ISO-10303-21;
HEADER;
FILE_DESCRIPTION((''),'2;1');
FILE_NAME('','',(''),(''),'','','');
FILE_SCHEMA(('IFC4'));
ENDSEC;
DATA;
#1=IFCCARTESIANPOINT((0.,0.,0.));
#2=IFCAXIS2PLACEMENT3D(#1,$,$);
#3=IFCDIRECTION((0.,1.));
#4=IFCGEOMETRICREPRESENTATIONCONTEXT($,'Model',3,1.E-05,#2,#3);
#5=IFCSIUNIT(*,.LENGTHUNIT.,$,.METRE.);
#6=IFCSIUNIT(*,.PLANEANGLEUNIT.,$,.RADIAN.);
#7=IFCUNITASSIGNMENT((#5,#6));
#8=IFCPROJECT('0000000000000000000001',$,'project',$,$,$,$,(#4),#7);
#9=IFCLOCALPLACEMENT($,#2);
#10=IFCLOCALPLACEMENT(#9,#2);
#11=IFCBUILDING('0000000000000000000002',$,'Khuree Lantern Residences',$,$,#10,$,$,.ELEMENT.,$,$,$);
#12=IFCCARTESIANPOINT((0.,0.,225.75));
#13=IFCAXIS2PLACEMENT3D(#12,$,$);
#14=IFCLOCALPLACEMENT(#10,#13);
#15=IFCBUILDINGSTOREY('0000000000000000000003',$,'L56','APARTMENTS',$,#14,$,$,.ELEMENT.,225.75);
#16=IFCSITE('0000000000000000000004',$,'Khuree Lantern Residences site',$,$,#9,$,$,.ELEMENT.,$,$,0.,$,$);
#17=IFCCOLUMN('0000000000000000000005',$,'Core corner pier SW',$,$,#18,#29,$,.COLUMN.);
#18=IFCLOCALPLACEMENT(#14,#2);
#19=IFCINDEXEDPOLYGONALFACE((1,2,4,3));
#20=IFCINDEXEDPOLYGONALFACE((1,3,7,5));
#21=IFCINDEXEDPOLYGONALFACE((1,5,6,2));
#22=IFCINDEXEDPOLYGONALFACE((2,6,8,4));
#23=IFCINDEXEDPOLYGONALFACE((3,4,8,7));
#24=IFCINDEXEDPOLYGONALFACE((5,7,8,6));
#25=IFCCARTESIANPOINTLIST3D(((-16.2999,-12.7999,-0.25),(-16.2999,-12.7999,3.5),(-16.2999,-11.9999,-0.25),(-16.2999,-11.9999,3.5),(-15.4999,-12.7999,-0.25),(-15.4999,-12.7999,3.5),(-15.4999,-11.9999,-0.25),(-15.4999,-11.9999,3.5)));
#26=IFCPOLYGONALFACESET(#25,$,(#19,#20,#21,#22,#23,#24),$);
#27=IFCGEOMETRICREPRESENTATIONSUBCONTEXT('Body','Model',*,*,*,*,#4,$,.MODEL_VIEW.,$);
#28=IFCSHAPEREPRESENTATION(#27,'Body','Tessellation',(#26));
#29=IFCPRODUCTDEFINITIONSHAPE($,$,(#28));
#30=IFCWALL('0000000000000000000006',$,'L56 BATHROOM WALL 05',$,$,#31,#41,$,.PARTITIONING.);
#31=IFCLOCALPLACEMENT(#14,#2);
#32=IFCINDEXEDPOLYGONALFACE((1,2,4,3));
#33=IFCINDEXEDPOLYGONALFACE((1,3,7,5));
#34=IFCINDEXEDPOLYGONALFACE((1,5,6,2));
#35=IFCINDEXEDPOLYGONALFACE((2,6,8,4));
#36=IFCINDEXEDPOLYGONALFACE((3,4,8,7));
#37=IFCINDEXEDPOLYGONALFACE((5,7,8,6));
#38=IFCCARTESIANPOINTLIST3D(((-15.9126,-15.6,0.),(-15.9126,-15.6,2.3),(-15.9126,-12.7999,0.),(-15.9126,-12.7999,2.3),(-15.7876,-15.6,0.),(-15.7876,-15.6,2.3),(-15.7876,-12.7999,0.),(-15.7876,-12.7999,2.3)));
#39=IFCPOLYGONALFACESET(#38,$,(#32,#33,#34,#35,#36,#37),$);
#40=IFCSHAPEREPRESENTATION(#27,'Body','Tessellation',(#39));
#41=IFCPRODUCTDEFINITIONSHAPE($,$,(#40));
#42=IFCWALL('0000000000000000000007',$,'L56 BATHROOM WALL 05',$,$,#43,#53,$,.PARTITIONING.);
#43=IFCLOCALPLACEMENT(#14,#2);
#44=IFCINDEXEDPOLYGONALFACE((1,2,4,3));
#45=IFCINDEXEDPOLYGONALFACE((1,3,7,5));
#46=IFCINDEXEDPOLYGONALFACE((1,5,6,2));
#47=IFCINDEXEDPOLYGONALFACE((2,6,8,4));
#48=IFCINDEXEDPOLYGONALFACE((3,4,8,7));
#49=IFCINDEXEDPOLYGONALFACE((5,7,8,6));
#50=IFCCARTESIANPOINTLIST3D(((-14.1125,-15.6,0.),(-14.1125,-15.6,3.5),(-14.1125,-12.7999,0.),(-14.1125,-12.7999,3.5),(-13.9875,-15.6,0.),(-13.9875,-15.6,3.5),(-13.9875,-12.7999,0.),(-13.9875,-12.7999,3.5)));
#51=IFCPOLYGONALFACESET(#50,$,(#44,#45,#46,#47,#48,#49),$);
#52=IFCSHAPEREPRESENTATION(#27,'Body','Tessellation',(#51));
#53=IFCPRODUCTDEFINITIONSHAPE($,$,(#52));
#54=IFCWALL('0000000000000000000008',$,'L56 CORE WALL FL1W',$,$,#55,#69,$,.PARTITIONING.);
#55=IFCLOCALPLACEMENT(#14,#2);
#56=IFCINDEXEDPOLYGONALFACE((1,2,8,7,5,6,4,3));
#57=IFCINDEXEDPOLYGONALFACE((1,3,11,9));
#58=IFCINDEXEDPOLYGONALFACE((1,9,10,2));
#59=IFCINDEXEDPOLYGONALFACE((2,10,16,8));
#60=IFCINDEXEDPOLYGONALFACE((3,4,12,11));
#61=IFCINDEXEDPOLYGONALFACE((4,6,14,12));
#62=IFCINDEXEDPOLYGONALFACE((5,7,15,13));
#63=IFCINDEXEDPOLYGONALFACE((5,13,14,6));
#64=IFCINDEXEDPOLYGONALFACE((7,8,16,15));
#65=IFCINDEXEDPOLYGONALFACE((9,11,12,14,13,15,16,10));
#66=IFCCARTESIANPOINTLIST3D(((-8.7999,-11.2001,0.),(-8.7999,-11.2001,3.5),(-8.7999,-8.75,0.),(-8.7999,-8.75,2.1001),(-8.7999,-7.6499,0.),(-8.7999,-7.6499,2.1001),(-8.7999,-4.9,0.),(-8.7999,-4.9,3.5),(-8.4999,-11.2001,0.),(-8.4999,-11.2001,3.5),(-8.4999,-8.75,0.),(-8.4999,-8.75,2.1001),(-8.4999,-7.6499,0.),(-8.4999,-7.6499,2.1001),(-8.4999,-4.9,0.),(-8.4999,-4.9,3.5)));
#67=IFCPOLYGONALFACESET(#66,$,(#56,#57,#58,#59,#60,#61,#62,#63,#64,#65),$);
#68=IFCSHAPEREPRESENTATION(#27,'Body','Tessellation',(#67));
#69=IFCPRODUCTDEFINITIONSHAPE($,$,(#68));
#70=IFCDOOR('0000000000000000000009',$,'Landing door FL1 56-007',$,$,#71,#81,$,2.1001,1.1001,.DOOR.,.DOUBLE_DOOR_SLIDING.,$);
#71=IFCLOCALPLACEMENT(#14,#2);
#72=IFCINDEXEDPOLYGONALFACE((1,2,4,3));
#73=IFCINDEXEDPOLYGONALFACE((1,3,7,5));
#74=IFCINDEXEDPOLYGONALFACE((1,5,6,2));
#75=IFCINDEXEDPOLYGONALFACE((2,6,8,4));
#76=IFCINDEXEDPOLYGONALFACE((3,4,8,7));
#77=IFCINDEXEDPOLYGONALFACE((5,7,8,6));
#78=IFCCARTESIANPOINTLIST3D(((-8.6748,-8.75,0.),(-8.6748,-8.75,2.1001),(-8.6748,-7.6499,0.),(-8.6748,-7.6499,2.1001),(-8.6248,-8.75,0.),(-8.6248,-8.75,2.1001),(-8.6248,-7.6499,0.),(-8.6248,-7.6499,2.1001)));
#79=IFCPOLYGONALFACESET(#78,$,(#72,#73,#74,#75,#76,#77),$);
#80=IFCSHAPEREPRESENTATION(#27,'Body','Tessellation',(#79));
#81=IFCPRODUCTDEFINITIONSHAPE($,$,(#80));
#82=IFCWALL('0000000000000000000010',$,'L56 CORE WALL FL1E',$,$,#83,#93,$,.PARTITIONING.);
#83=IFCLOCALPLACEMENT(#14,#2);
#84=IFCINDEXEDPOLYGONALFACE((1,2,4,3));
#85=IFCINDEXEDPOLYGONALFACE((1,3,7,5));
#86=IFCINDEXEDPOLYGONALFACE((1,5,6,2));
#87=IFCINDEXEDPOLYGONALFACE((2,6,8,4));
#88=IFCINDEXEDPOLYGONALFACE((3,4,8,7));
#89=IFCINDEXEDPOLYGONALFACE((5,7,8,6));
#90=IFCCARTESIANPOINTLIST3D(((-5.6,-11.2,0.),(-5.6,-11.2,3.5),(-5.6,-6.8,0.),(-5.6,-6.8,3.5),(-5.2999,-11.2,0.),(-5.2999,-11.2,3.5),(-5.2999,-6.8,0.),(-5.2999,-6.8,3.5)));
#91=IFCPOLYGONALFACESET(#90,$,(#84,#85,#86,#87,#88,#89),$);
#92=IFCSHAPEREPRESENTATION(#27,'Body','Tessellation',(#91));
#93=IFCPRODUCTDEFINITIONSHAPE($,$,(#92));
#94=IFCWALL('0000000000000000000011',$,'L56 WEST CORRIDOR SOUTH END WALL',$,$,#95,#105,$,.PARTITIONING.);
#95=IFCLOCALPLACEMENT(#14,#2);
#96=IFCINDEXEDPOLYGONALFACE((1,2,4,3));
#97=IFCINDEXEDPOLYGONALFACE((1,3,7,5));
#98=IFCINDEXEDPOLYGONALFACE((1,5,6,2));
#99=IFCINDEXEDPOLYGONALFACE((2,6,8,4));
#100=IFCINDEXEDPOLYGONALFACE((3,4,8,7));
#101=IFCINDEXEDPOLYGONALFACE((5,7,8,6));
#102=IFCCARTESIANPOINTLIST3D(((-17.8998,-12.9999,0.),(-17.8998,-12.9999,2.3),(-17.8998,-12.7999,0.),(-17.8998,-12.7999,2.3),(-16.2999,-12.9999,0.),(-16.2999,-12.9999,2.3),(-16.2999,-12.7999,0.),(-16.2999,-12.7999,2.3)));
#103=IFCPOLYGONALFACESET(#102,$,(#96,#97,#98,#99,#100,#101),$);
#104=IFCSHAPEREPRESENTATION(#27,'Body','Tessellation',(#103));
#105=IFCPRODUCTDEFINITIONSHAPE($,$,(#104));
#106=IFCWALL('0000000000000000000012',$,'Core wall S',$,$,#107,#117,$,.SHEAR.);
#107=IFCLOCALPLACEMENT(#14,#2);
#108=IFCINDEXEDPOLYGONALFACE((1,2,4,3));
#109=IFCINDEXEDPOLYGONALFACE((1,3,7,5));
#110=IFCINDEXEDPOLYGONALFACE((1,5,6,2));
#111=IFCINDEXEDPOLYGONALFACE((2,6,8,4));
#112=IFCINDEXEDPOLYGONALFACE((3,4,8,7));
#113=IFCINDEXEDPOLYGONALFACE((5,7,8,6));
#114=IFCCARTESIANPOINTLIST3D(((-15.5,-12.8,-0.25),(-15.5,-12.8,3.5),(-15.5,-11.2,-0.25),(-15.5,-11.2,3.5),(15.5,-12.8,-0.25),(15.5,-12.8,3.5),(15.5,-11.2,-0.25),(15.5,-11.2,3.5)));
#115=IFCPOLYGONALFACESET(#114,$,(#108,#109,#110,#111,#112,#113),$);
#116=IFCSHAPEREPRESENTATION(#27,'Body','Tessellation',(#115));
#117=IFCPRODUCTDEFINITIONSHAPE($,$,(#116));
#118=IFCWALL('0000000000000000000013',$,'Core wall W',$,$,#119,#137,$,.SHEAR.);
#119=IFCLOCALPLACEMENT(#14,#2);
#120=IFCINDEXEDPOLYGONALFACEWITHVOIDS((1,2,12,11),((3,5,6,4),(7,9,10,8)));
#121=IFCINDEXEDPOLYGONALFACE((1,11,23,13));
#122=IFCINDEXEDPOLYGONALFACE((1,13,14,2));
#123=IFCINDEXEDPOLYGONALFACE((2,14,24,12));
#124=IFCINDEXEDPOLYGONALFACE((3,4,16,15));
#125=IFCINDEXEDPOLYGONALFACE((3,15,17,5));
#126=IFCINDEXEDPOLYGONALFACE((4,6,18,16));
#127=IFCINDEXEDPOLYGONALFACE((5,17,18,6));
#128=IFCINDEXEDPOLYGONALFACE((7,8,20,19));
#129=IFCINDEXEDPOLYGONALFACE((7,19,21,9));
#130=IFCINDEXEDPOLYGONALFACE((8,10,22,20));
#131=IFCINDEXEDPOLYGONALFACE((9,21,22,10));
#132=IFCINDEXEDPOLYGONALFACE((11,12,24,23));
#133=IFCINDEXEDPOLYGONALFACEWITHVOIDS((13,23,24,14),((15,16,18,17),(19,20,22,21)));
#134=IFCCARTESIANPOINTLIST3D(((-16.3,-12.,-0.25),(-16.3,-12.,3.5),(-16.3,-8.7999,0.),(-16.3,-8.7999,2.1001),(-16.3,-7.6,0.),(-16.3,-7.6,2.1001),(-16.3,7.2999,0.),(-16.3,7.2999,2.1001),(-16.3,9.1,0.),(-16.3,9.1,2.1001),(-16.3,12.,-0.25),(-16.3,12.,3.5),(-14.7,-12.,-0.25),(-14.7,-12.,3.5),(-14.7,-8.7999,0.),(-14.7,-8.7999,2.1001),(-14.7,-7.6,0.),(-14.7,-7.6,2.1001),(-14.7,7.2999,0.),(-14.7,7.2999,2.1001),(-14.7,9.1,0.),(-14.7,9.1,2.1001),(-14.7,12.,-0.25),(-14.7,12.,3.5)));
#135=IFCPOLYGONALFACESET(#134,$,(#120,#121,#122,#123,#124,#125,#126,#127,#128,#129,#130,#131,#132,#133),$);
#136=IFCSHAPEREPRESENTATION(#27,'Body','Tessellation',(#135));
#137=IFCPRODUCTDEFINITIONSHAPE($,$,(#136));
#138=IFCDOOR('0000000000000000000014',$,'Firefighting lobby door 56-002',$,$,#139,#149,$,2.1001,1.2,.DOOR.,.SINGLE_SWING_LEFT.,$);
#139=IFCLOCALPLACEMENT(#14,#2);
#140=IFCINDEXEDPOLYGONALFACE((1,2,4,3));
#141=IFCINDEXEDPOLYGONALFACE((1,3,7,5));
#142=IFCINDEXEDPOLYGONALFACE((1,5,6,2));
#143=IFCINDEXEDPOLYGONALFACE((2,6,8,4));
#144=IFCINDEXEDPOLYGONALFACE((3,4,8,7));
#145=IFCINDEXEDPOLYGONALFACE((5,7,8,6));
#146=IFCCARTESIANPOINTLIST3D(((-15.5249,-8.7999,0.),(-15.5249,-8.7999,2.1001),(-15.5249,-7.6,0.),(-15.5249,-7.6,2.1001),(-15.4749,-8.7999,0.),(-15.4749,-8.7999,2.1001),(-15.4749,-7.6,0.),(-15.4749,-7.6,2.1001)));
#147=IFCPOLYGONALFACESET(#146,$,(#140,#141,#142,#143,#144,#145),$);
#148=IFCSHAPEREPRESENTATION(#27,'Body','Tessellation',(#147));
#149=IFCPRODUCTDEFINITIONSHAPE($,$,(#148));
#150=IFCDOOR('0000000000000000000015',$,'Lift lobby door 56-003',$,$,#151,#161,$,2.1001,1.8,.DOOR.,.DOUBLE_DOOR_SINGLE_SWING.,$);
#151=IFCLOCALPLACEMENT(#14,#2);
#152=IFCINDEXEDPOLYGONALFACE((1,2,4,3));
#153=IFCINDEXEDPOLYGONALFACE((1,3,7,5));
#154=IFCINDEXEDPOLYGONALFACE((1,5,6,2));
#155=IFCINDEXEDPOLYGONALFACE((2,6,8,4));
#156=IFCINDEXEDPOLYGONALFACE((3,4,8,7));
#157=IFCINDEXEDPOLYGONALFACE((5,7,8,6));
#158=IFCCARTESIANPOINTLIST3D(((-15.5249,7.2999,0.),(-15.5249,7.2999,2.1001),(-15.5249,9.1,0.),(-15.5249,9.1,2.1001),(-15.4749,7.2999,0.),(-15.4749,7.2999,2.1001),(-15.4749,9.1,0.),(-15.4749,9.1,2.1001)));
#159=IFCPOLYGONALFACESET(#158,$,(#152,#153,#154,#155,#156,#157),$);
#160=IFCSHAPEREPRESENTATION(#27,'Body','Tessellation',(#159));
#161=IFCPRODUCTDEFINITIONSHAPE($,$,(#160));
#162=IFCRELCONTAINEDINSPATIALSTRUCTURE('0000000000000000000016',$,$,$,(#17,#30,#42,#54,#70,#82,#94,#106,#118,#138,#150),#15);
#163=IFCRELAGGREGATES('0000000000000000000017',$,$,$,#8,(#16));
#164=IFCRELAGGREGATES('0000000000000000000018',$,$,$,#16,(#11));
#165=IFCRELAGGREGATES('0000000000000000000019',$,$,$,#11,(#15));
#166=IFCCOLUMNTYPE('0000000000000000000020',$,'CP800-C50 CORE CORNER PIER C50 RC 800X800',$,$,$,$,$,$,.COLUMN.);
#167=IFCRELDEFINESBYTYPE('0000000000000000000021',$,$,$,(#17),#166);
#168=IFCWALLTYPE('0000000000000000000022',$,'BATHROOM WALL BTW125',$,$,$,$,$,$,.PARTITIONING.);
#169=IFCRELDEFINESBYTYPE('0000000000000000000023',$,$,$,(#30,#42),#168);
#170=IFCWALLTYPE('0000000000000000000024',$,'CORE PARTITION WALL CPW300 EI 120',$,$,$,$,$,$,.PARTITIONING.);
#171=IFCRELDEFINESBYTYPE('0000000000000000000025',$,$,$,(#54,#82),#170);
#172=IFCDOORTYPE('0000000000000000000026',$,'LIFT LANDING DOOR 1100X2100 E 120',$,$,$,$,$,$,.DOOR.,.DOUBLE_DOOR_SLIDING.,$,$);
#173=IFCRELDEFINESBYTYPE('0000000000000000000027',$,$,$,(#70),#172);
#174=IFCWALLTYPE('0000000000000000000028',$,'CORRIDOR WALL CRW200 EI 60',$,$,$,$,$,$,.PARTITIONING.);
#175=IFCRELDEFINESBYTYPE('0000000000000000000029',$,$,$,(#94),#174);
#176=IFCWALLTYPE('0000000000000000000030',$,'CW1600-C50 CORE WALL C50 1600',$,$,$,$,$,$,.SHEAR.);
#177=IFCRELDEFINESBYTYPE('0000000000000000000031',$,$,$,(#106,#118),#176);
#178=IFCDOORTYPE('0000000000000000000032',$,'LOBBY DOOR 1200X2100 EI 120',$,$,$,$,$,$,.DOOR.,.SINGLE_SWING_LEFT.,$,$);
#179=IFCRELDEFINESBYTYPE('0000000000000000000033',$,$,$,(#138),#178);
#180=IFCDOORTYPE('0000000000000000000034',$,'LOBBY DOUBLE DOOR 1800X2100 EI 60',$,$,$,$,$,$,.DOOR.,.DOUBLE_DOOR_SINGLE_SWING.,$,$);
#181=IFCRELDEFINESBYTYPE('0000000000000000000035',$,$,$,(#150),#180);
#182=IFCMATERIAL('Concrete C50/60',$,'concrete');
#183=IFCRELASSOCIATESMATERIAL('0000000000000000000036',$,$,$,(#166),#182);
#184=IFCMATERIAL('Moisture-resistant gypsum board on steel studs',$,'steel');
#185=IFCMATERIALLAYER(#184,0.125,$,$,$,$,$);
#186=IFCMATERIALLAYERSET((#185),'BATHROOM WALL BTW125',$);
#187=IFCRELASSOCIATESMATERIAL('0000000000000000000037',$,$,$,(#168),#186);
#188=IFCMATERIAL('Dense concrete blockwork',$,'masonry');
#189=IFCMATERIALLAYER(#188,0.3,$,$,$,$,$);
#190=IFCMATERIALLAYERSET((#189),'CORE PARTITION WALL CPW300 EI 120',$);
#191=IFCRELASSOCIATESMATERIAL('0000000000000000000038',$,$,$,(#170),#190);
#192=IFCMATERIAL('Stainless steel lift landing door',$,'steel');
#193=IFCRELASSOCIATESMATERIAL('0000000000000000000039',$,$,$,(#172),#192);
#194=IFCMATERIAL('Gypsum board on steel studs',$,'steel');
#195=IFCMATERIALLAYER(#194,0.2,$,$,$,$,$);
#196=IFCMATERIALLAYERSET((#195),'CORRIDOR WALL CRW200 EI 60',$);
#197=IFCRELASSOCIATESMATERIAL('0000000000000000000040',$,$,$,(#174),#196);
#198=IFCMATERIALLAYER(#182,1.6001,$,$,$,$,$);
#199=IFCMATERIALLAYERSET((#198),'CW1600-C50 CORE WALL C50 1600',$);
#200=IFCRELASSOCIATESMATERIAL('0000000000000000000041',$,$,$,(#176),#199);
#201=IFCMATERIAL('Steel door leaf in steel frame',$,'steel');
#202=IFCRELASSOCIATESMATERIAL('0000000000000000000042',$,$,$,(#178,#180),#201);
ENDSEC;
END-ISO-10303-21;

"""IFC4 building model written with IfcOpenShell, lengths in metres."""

from ifc_helpers import new_model, si_unit, direction, frame, frame_2d, origin, origin_2d, place, context, subcontext, project, spatial, rectangle, extrude, material, layer, layer_set, material_profile, profile_set, type_object, element, fill, save


model = new_model("IFC4")

# Units and contexts
model_context = context("Model", 3, precision=1e-05, world=origin(), true_north=direction((0.0, 1.0)))
body_context = subcontext(model_context, "Body", "Model", "MODEL_VIEW")
ifc_project = project(units=[si_unit("LENGTHUNIT", "METRE"), si_unit("PLANEANGLEUNIT", "RADIAN")], contexts=[model_context])

# Site, building, storey
site_placement = place(None, origin())
site = spatial("IfcSite", under=ifc_project, at=site_placement, Name="Khuree Lantern Residences site", CompositionType="ELEMENT", RefElevation=0.0)
building_placement = place(site_placement, origin())
building = spatial("IfcBuilding", under=site, at=building_placement, Name="Khuree Lantern Residences", CompositionType="ELEMENT")
storey_placement = place(building_placement, frame((0.0, 0.0, 225.75)))
storey = spatial("IfcBuildingStorey", under=building, at=storey_placement, Name="L56", Description="APARTMENTS", CompositionType="ELEMENT", Elevation=225.75)

# Column
ifc_material_1 = material(Name="Concrete C50/60", Category="concrete")
ifc_material_profile = material_profile(ifc_material_1, rectangle(XDim=0.8, YDim=0.8, at=origin_2d()), Name="RC 800X800")
ifc_profile_set = profile_set([ifc_material_profile], Name="Concrete C50/60")
column_type = type_object("IfcColumnType", Name="CP800-C50 CORE CORNER PIER C50 RC 800X800", PredefinedType="COLUMN", material=ifc_profile_set)
column_placement = place(storey_placement, frame((-15.8999, -12.3999, -0.25), z_axis=(0.0, 0.0, 1.0), x_axis=(1.0, 0.0, 0.0)))
element("IfcColumn", 1, at=column_placement, inside=storey, type_object=column_type, Name="Core corner pier SW", PredefinedType="COLUMN", context=body_context, shape_type="SweptSolid", body=[
    extrude(rectangle(XDim=0.8, YDim=0.8, at=origin_2d()), origin(), (0.0, 0.0, 1.0), 3.75),
])

# Walls
ifc_material_2 = material(Name="Moisture-resistant gypsum board on steel studs", Category="steel")
ifc_layer_1 = layer(ifc_material_2, 0.125)
ifc_layer_set_1 = layer_set([ifc_layer_1], Name="BATHROOM WALL BTW125")
wall_type_1 = type_object("IfcWallType", Name="BATHROOM WALL BTW125", PredefinedType="PARTITIONING", material=ifc_layer_set_1)
wall_1_placement = place(storey_placement, frame((-15.8501, -12.8, 0.0), z_axis=(0.0, 0.0, 1.0), x_axis=(0.0, -1.0, 0.0)))
element("IfcWall", 2, at=wall_1_placement, inside=storey, type_object=wall_type_1, Name="L56 BATHROOM WALL 05", PredefinedType="PARTITIONING", context=body_context, shape_type="SweptSolid", body=[
    extrude(rectangle(XDim=2.8, YDim=0.125, at=frame_2d((1.3999, 0.0))), origin(), (0.0, 0.0, 1.0), 2.3),
])
wall_2_placement = place(storey_placement, frame((-14.05, -12.8, 0.0), z_axis=(0.0, 0.0, 1.0), x_axis=(0.0, -1.0, 0.0)))
element("IfcWall", 3, at=wall_2_placement, inside=storey, type_object=wall_type_1, Name="L56 BATHROOM WALL 05", PredefinedType="PARTITIONING", context=body_context, shape_type="SweptSolid", body=[
    extrude(rectangle(XDim=2.8, YDim=0.125, at=frame_2d((1.3999, 0.0))), origin(), (0.0, 0.0, 1.0), 3.5),
])

# Wall, opening, door
ifc_material_3 = material(Name="Dense concrete blockwork", Category="masonry")
ifc_layer_2 = layer(ifc_material_3, 0.3)
ifc_layer_set_2 = layer_set([ifc_layer_2], Name="CORE PARTITION WALL CPW300 EI 120")
wall_type_2 = type_object("IfcWallType", Name="CORE PARTITION WALL CPW300 EI 120", PredefinedType="PARTITIONING", material=ifc_layer_set_2)
wall_3_placement = place(storey_placement, frame((-8.6499, -11.2, 0.0), z_axis=(0.0, 0.0, 1.0), x_axis=(0.0, 1.0, 0.0)))
wall_3 = element("IfcWall", 4, at=wall_3_placement, inside=storey, type_object=wall_type_2, Name="L56 CORE WALL FL1W", PredefinedType="PARTITIONING", context=body_context, shape_type="SweptSolid", body=[
    extrude(rectangle(XDim=6.3, YDim=0.3, at=frame_2d((3.1499, 0.0))), origin(), (0.0, 0.0, 1.0), 3.5),
])
opening_1_placement = place(wall_3_placement, frame((2.45, 0.0, 0.0)))
opening_1 = element("IfcOpeningElement", 5, at=opening_1_placement, cuts=wall_3, PredefinedType="OPENING", context=body_context, shape_type="SweptSolid", body=[
    extrude(rectangle(XDim=1.1001, YDim=2.1001, at=frame_2d((0.55, 1.05))), frame((0.0, 0.1602, 0.0), z_axis=(0.0, -1.0, 0.0), x_axis=(1.0, 0.0, 0.0)), (0.0, 0.0, 1.0), 0.3201),
])
ifc_material_4 = material(Name="Stainless steel lift landing door", Category="steel")
door_type_1 = type_object("IfcDoorType", Name="LIFT LANDING DOOR 1100X2100 E 120", OperationType="DOUBLE_DOOR_SLIDING", PredefinedType="DOOR", material=ifc_material_4)
door_1_placement = place(opening_1_placement, origin())
door_1 = element("IfcDoor", 6, at=door_1_placement, inside=storey, type_object=door_type_1, Name="Landing door FL1 56-007", OperationType="DOUBLE_DOOR_SLIDING", OverallHeight=2.1001, OverallWidth=1.1001, PredefinedType="DOOR", context=body_context, shape_type="SweptSolid", body=[
    extrude(rectangle(XDim=1.1001, YDim=2.1001, at=frame_2d((0.55, 1.05))), frame((0.0, 0.0249, 0.0), z_axis=(0.0, -1.0, 0.0), x_axis=(1.0, 0.0, 0.0)), (0.0, 0.0, 1.0), 0.05),
])
fill(opening_1, door_1)

# Walls
wall_4_placement = place(storey_placement, frame((-5.45, -11.2, 0.0), z_axis=(0.0, 0.0, 1.0), x_axis=(0.0, 1.0, 0.0)))
element("IfcWall", 7, at=wall_4_placement, inside=storey, type_object=wall_type_2, Name="L56 CORE WALL FL1E", PredefinedType="PARTITIONING", context=body_context, shape_type="SweptSolid", body=[
    extrude(rectangle(XDim=4.3999, YDim=0.3, at=frame_2d((2.2, 0.0))), origin(), (0.0, 0.0, 1.0), 3.5),
])
ifc_material_5 = material(Name="Gypsum board on steel studs", Category="steel")
ifc_layer_3 = layer(ifc_material_5, 0.2)
ifc_layer_set_3 = layer_set([ifc_layer_3], Name="CORRIDOR WALL CRW200 EI 60")
wall_type_3 = type_object("IfcWallType", Name="CORRIDOR WALL CRW200 EI 60", PredefinedType="PARTITIONING", material=ifc_layer_set_3)
wall_5_placement = place(storey_placement, frame((-16.3, -12.8999, 0.0), z_axis=(0.0, 0.0, 1.0), x_axis=(-1.0, 0.0, 0.0)))
element("IfcWall", 8, at=wall_5_placement, inside=storey, type_object=wall_type_3, Name="L56 WEST CORRIDOR SOUTH END WALL", PredefinedType="PARTITIONING", context=body_context, shape_type="SweptSolid", body=[
    extrude(rectangle(XDim=1.5999, YDim=0.2, at=frame_2d((0.7998, 0.0))), origin(), (0.0, 0.0, 1.0), 2.3),
])
ifc_layer_4 = layer(ifc_material_1, 1.6001)
ifc_layer_set_4 = layer_set([ifc_layer_4], Name="CW1600-C50 CORE WALL C50 1600")
wall_type_4 = type_object("IfcWallType", Name="CW1600-C50 CORE WALL C50 1600", PredefinedType="SHEAR", material=ifc_layer_set_4)
wall_6_placement = place(storey_placement, frame((-15.5, -12.0, -0.25), z_axis=(0.0, 0.0, 1.0), x_axis=(1.0, 0.0, 0.0)))
element("IfcWall", 9, at=wall_6_placement, inside=storey, type_object=wall_type_4, Name="Core wall S", PredefinedType="SHEAR", context=body_context, shape_type="SweptSolid", body=[
    extrude(rectangle(XDim=31.0, YDim=1.6001, at=frame_2d((15.5, 0.0))), origin(), (0.0, 0.0, 1.0), 3.75),
])

# Wall, openings, doors
wall_7_placement = place(storey_placement, frame((-15.5, -12.0, -0.25), z_axis=(0.0, 0.0, 1.0), x_axis=(0.0, 1.0, 0.0)))
wall_7 = element("IfcWall", 10, at=wall_7_placement, inside=storey, type_object=wall_type_4, Name="Core wall W", PredefinedType="SHEAR", context=body_context, shape_type="SweptSolid", body=[
    extrude(rectangle(XDim=24.0, YDim=1.6001, at=frame_2d((12.0, 0.0))), origin(), (0.0, 0.0, 1.0), 3.75),
])
opening_2_placement = place(wall_7_placement, frame((3.2, 0.0, 0.25)))
opening_2 = element("IfcOpeningElement", 11, at=opening_2_placement, cuts=wall_7, PredefinedType="OPENING", context=body_context, shape_type="SweptSolid", body=[
    extrude(rectangle(XDim=1.2, YDim=2.1001, at=frame_2d((0.6001, 1.05))), frame((0.0, 0.8101, 0.0), z_axis=(0.0, -1.0, 0.0), x_axis=(1.0, 0.0, 0.0)), (0.0, 0.0, 1.0), 1.6201),
])
opening_3_placement = place(wall_7_placement, frame((19.3, 0.0, 0.25)))
opening_3 = element("IfcOpeningElement", 12, at=opening_3_placement, cuts=wall_7, PredefinedType="OPENING", context=body_context, shape_type="SweptSolid", body=[
    extrude(rectangle(XDim=1.8, YDim=2.1001, at=frame_2d((0.8999, 1.05))), frame((0.0, 0.8101, 0.0), z_axis=(0.0, -1.0, 0.0), x_axis=(1.0, 0.0, 0.0)), (0.0, 0.0, 1.0), 1.6201),
])
ifc_material_6 = material(Name="Steel door leaf in steel frame", Category="steel")
door_type_2 = type_object("IfcDoorType", Name="LOBBY DOOR 1200X2100 EI 120", OperationType="SINGLE_SWING_LEFT", PredefinedType="DOOR", material=ifc_material_6)
door_2_placement = place(opening_2_placement, origin())
door_2 = element("IfcDoor", 13, at=door_2_placement, inside=storey, type_object=door_type_2, Name="Firefighting lobby door 56-002", OperationType="SINGLE_SWING_LEFT", OverallHeight=2.1001, OverallWidth=1.2, PredefinedType="DOOR", context=body_context, shape_type="SweptSolid", body=[
    extrude(rectangle(XDim=1.2, YDim=2.1001, at=frame_2d((0.6001, 1.05))), frame((0.0, 0.0249, 0.0), z_axis=(0.0, -1.0, 0.0), x_axis=(1.0, 0.0, 0.0)), (0.0, 0.0, 1.0), 0.05),
])
fill(opening_2, door_2)
door_type_3 = type_object("IfcDoorType", Name="LOBBY DOUBLE DOOR 1800X2100 EI 60", OperationType="DOUBLE_DOOR_SINGLE_SWING", PredefinedType="DOOR", material=ifc_material_6)
door_3_placement = place(opening_3_placement, origin())
door_3 = element("IfcDoor", 14, at=door_3_placement, inside=storey, type_object=door_type_3, Name="Lift lobby door 56-003", OperationType="DOUBLE_DOOR_SINGLE_SWING", OverallHeight=2.1001, OverallWidth=1.8, PredefinedType="DOOR", context=body_context, shape_type="SweptSolid", body=[
    extrude(rectangle(XDim=1.8, YDim=2.1001, at=frame_2d((0.8999, 1.05))), frame((0.0, 0.0249, 0.0), z_axis=(0.0, -1.0, 0.0), x_axis=(1.0, 0.0, 0.0)), (0.0, 0.0, 1.0), 0.05),
])
fill(opening_3, door_3)

save(model, "model.ifc")
